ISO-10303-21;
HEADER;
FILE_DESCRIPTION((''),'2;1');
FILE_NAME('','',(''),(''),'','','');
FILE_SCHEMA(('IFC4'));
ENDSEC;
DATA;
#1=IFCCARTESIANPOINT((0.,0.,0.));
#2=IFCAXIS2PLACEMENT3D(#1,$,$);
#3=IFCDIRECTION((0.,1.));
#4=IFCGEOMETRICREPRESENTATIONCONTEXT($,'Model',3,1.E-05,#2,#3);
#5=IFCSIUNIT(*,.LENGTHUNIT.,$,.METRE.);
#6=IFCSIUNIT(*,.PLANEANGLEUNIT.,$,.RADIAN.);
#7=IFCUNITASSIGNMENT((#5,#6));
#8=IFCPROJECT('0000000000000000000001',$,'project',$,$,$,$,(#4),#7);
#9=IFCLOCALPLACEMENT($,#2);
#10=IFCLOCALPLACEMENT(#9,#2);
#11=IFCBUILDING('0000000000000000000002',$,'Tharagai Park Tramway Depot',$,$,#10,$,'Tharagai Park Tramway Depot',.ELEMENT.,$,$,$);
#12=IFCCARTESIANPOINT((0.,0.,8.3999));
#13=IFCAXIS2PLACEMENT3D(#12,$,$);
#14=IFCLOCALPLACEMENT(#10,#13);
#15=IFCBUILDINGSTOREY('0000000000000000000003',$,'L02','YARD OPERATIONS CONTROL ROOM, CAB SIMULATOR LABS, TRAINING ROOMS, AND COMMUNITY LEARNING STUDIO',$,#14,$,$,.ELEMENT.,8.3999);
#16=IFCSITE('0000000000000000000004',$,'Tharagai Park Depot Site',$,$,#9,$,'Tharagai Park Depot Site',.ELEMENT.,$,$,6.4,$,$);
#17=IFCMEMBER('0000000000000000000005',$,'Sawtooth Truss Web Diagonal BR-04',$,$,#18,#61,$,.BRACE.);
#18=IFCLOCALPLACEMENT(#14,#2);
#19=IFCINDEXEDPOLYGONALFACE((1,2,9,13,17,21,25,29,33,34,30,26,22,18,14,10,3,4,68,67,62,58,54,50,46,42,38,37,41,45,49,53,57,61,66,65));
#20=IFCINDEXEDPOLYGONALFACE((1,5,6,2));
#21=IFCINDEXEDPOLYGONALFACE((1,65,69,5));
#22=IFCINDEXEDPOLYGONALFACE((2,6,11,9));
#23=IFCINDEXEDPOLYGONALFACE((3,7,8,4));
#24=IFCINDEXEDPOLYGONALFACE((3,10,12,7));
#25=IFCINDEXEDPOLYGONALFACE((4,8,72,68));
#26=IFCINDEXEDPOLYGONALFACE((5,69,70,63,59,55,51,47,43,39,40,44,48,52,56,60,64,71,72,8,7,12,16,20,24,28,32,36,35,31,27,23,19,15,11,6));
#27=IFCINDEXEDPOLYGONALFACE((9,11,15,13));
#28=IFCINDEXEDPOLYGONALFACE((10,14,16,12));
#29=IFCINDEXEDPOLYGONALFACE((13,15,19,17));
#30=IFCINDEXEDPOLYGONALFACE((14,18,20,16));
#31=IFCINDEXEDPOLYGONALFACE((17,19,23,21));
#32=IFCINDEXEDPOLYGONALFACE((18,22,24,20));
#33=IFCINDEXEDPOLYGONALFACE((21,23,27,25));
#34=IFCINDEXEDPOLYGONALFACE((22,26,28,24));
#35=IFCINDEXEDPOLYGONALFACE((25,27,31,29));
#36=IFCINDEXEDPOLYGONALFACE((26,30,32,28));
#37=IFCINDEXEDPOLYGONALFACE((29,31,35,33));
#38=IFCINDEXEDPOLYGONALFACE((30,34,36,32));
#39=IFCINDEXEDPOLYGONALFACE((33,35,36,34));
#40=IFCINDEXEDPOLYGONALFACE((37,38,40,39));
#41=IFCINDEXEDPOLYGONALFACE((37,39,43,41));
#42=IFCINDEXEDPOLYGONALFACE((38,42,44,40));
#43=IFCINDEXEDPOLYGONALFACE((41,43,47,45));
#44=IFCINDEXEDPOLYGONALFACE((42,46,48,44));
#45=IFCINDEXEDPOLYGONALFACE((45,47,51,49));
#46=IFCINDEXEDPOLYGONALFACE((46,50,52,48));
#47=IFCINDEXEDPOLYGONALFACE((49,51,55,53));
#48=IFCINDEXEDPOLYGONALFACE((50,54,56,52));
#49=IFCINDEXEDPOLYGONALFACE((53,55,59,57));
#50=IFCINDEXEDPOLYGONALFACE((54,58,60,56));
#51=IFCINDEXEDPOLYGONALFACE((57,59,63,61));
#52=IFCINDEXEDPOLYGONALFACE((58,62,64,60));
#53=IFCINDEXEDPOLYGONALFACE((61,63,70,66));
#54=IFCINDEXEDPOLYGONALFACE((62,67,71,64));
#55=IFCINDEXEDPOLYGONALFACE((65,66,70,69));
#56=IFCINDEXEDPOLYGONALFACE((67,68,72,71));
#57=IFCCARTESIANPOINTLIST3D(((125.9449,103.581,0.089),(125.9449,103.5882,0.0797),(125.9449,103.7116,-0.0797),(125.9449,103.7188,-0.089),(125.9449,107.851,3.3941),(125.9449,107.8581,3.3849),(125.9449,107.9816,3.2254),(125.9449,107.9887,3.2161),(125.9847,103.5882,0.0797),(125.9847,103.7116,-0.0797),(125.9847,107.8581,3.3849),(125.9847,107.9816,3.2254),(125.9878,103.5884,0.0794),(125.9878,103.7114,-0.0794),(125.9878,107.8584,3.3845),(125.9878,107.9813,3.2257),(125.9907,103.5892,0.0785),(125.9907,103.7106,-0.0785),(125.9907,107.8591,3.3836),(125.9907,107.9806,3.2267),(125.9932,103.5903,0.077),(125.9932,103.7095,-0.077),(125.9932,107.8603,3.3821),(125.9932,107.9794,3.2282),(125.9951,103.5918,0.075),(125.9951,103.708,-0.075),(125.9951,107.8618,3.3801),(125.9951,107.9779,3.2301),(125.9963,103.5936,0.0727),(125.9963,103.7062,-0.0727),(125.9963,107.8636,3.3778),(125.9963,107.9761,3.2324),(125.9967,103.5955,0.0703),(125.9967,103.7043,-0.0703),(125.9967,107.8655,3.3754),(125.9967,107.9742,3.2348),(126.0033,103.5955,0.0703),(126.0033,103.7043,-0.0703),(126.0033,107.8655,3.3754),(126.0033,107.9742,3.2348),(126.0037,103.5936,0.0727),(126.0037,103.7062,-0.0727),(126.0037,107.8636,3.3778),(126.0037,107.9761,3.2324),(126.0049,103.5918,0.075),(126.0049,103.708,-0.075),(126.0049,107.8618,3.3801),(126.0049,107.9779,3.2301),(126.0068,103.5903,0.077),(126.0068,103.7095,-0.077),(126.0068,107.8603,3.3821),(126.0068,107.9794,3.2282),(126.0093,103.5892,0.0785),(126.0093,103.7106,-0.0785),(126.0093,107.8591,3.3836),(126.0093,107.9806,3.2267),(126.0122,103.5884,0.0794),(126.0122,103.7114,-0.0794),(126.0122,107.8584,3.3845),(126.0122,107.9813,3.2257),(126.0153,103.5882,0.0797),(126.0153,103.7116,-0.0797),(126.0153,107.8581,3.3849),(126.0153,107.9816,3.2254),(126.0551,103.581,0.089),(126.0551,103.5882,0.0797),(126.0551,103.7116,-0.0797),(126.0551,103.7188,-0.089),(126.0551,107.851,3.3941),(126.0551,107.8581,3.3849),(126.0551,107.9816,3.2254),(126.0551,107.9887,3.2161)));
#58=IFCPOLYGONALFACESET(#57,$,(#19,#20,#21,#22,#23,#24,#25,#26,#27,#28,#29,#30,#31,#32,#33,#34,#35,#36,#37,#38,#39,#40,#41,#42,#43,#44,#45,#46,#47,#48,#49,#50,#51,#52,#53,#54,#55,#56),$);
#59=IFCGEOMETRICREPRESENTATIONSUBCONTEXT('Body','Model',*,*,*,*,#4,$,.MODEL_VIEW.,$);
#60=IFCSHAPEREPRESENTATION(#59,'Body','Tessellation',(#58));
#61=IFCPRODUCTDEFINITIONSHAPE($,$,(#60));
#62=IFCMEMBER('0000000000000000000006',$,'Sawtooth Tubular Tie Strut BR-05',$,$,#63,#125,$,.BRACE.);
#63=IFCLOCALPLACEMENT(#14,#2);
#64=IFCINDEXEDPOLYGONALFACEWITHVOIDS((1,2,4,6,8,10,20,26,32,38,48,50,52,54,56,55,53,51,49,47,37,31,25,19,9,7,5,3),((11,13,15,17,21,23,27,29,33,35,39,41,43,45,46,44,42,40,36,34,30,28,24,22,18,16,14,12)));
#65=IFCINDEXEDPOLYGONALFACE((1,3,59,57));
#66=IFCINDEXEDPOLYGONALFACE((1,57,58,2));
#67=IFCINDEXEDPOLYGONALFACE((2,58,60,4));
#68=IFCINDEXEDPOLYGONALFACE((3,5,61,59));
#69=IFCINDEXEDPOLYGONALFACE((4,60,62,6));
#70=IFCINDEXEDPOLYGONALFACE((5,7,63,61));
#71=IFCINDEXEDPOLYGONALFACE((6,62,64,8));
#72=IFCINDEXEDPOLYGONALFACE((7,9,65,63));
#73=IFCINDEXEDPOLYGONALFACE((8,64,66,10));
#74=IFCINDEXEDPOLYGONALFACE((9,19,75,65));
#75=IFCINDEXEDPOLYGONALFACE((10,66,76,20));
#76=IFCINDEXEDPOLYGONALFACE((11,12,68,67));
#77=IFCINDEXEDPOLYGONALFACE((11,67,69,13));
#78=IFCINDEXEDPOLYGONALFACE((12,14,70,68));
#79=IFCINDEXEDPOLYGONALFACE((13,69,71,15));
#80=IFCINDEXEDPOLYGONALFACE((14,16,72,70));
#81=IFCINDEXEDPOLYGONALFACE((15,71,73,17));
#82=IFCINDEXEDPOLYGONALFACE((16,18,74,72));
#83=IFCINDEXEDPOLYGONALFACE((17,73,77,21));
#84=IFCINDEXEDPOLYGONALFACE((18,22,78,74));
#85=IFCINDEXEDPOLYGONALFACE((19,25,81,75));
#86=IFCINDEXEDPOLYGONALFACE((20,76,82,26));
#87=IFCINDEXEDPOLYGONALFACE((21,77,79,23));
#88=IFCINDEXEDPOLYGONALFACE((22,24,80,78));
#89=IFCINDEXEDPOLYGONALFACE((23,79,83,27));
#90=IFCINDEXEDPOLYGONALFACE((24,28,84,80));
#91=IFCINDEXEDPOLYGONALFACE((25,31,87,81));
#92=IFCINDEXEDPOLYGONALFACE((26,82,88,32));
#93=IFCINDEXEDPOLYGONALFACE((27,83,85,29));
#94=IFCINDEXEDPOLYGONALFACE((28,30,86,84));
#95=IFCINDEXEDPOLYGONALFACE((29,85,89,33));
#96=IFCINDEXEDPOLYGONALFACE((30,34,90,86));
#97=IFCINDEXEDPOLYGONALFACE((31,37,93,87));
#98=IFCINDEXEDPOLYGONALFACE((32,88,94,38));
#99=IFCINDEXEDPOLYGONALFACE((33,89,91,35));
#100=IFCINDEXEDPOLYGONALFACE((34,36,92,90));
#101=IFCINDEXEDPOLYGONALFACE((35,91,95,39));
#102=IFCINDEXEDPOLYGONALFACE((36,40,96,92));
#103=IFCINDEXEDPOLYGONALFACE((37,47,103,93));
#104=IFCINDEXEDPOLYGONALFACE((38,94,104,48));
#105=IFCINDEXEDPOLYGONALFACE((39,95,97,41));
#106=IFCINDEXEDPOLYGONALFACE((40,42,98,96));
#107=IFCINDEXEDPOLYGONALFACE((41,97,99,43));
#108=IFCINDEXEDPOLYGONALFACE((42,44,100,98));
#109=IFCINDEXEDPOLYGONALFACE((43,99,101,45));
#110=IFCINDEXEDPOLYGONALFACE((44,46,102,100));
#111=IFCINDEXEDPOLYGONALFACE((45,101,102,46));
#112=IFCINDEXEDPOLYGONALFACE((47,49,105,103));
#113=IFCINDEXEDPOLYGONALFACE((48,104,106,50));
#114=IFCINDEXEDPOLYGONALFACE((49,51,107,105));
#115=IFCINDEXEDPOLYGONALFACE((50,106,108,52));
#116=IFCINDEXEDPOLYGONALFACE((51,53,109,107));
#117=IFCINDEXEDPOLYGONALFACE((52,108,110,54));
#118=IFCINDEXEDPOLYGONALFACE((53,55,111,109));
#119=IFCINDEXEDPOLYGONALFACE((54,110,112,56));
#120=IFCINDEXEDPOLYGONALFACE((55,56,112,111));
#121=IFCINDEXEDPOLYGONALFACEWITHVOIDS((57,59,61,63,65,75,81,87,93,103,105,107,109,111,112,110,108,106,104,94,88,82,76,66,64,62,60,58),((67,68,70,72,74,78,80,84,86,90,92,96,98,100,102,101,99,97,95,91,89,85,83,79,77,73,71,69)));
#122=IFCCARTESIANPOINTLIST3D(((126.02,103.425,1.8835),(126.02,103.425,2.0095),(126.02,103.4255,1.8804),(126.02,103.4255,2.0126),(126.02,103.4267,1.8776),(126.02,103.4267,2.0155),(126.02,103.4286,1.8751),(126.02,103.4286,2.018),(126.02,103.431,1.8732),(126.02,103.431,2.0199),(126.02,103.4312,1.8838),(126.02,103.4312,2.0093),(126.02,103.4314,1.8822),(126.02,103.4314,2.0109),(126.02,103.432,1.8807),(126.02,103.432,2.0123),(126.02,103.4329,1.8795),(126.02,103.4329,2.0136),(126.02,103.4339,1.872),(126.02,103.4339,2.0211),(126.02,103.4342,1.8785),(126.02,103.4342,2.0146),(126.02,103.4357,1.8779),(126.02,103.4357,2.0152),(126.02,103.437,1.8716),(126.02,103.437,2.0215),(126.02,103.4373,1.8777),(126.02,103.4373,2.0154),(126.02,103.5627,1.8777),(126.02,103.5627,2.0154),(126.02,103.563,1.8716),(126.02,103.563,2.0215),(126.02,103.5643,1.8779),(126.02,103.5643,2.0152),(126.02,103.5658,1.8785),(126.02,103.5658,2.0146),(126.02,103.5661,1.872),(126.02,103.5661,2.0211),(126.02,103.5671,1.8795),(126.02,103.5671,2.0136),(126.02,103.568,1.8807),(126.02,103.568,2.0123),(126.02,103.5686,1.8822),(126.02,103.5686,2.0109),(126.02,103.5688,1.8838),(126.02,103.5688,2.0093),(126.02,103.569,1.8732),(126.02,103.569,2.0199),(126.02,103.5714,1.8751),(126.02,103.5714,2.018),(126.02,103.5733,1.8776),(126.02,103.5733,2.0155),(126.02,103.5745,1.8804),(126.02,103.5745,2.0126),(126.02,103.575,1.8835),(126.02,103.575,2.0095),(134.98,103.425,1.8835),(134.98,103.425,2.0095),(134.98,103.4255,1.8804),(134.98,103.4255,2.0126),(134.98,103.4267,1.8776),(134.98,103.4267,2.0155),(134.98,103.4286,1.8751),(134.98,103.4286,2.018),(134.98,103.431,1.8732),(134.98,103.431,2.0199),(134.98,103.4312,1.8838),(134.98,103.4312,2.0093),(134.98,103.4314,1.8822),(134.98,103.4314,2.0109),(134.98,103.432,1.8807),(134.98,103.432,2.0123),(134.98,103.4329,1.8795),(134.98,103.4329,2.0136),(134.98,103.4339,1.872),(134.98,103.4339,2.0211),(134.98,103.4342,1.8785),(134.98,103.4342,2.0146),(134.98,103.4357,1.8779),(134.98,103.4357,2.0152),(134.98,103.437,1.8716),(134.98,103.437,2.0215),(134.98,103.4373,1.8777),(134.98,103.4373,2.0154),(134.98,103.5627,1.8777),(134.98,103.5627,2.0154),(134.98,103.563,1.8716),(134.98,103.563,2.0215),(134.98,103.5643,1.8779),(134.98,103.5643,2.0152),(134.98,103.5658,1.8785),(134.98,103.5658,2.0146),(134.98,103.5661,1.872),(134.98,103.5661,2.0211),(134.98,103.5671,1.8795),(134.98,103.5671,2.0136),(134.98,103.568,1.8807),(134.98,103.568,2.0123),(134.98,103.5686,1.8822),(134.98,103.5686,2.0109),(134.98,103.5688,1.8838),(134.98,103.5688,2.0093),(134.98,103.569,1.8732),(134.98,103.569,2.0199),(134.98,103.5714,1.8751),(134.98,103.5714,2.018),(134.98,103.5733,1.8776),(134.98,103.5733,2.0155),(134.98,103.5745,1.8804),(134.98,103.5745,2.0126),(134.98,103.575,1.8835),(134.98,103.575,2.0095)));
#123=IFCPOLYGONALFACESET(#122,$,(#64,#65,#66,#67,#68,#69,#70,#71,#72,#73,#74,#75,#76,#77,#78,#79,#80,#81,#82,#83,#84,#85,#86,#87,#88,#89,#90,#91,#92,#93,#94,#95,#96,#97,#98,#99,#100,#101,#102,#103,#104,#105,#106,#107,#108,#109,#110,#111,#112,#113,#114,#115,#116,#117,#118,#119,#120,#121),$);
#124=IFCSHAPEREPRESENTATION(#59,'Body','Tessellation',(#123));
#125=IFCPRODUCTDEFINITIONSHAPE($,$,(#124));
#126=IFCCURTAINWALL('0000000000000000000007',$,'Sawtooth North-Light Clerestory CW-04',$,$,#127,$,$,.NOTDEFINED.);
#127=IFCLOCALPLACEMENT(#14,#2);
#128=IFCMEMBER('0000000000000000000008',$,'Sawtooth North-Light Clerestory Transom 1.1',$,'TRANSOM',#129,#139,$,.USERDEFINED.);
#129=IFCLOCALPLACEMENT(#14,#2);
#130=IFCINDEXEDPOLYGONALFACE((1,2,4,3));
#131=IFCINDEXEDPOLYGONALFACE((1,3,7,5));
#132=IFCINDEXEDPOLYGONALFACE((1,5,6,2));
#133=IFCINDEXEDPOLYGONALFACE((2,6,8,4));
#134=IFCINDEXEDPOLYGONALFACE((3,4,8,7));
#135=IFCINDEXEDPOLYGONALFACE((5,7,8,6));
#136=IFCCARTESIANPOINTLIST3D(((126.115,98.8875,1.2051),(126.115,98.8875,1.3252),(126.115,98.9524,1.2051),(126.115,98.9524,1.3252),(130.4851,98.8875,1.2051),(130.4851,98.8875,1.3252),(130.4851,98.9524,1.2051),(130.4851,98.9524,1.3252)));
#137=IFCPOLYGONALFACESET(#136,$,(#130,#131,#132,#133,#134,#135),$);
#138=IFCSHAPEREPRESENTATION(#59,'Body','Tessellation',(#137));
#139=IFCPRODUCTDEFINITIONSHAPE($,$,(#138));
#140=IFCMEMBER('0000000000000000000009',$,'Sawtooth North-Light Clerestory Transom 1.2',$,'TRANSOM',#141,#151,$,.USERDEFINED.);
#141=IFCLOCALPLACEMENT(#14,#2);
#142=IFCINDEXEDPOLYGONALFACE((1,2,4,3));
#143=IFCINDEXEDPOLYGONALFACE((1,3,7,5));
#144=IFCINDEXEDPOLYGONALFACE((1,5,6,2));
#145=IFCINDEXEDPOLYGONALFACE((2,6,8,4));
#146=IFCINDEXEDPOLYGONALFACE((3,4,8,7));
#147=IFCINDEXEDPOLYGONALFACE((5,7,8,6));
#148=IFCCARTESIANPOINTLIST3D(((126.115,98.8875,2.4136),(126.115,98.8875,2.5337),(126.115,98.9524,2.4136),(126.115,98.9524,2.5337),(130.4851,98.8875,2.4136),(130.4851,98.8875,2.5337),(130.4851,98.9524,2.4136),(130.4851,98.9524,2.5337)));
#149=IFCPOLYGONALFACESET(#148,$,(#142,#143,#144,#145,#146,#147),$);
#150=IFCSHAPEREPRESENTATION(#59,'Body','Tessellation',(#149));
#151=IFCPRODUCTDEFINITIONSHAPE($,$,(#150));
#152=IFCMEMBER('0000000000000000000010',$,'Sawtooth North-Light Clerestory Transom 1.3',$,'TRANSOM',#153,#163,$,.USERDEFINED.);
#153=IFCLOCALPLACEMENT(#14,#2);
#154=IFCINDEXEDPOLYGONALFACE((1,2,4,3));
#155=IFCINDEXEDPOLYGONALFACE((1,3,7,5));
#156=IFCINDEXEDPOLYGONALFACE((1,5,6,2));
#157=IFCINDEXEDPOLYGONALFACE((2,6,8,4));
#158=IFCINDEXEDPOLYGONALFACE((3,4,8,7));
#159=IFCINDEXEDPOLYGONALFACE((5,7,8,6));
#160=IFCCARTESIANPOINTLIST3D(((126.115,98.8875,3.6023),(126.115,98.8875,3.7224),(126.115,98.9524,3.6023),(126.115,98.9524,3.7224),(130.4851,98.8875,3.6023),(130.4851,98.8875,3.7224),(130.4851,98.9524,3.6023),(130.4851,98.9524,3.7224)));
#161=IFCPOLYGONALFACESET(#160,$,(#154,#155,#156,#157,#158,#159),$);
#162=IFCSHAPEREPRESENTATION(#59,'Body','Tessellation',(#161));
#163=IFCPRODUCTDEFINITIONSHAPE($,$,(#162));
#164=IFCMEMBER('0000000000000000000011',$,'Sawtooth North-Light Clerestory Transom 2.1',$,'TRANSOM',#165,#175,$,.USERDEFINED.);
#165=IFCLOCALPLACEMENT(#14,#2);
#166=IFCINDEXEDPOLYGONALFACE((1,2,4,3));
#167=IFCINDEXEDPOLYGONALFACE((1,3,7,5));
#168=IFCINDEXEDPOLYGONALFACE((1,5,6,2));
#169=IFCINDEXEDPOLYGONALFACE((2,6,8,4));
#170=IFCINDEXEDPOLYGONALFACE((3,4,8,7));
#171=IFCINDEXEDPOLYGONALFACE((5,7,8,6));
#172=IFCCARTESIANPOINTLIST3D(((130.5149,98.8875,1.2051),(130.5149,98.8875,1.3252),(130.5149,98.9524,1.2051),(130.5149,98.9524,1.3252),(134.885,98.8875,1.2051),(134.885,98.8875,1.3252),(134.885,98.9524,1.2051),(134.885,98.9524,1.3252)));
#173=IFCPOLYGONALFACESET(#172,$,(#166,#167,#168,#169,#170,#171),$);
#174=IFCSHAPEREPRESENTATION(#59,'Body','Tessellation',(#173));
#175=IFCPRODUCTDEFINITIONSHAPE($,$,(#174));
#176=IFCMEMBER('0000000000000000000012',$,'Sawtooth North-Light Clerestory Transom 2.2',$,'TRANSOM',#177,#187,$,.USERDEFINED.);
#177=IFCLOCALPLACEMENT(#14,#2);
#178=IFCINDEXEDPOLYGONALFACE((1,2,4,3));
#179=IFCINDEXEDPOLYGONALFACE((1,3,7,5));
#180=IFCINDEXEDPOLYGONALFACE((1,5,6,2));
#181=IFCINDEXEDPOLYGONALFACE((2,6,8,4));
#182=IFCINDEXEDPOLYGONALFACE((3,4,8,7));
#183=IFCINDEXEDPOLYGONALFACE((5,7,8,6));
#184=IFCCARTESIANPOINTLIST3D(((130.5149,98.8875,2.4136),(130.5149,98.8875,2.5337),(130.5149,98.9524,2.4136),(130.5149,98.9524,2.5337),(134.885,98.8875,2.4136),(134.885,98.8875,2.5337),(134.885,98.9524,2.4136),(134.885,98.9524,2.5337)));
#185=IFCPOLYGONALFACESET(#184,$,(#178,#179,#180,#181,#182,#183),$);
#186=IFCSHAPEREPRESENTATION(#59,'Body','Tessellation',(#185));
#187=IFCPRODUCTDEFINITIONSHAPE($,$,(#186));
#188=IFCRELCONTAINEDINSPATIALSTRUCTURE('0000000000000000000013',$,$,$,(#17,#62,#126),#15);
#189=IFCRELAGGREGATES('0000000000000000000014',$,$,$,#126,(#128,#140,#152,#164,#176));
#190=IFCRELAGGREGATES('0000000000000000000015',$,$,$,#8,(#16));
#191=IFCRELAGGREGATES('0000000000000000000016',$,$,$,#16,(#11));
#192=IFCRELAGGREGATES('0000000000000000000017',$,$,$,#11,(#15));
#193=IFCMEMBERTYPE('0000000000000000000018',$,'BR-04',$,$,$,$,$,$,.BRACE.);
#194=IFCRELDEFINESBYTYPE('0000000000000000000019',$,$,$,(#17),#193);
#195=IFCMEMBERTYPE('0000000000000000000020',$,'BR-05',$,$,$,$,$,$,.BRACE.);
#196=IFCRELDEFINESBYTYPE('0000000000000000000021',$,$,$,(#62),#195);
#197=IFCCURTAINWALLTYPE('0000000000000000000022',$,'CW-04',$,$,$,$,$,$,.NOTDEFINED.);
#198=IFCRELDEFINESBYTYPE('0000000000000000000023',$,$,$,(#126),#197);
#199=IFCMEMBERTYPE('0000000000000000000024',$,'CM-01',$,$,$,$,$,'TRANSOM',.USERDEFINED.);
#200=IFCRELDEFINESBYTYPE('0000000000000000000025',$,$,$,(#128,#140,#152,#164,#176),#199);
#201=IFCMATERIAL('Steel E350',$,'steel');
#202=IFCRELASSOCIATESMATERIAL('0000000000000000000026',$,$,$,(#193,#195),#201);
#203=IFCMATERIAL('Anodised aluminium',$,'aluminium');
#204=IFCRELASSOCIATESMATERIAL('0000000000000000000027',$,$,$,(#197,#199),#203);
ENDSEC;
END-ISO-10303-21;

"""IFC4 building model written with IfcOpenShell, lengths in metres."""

from ifc_helpers import new_model, si_unit, direction, frame, origin, origin_2d, place, context, subcontext, project, spatial, rectangle, hollow_rectangle, i_section, extrude, material, material_profile, profile_set, type_object, element, aggregate, save


model = new_model("IFC4")

# Units and contexts
model_context = context("Model", 3, precision=1e-05, world=origin(), true_north=direction((0.0, 1.0)))
body_context = subcontext(model_context, "Body", "Model", "MODEL_VIEW")
ifc_project = project(units=[si_unit("LENGTHUNIT", "METRE"), si_unit("PLANEANGLEUNIT", "RADIAN")], contexts=[model_context])

# Site, building, storey
site_placement = place(None, origin())
site = spatial("IfcSite", under=ifc_project, at=site_placement, Name="Tharagai Park Depot Site", LongName="Tharagai Park Depot Site", CompositionType="ELEMENT", RefElevation=6.4)
building_placement = place(site_placement, origin())
building = spatial("IfcBuilding", under=site, at=building_placement, Name="Tharagai Park Tramway Depot", LongName="Tharagai Park Tramway Depot", CompositionType="ELEMENT")
storey_placement = place(building_placement, frame((0.0, 0.0, 8.3999)))
storey = spatial("IfcBuildingStorey", under=building, at=storey_placement, Name="L02", Description="YARD OPERATIONS CONTROL ROOM, CAB SIMULATOR LABS, TRAINING ROOMS, AND COMMUNITY LEARNING STUDIO", CompositionType="ELEMENT", Elevation=8.3999)

# Members
ifc_material_1 = material(Name="Steel E350", Category="steel")
ifc_material_profile_1 = material_profile(ifc_material_1, i_section(OverallWidth=0.1101, OverallDepth=0.2251, WebThickness=0.0066, FlangeThickness=0.0117, FilletRadius=0.012, at=origin_2d()), Name="ISMB 225")
ifc_profile_set_1 = profile_set([ifc_material_profile_1], Name="Steel E350")
member_type_1 = type_object("IfcMemberType", Name="BR-04", PredefinedType="BRACE", material=ifc_profile_set_1)
member_1_placement = place(storey_placement, frame((126.0, 103.6499, 0.0), z_axis=(0.0, 0.790782, 0.612098), x_axis=(-1.0, 0.0, 0.0)))
element("IfcMember", 1, at=member_1_placement, inside=storey, type_object=member_type_1, Name="Sawtooth Truss Web Diagonal BR-04", PredefinedType="BRACE", context=body_context, shape_type="SweptSolid", body=[
    extrude(i_section(OverallWidth=0.1101, OverallDepth=0.2251, WebThickness=0.0066, FlangeThickness=0.0117, FilletRadius=0.012, at=origin_2d()), origin(), (0.0, 0.0, 1.0), 5.3997),
])
ifc_material_profile_2 = material_profile(ifc_material_1, hollow_rectangle(XDim=0.1499, YDim=0.1499, WallThickness=0.0061, InnerFilletRadius=0.0061, OuterFilletRadius=0.012, at=origin_2d()), Name="SHS 150x150x6")
ifc_profile_set_2 = profile_set([ifc_material_profile_2], Name="Steel E350")
member_type_2 = type_object("IfcMemberType", Name="BR-05", PredefinedType="BRACE", material=ifc_profile_set_2)
member_2_placement = place(storey_placement, frame((126.02, 103.5, 1.9465), z_axis=(1.0, 0.0, 0.0), x_axis=(0.0, 1.0, 0.0)))
element("IfcMember", 2, at=member_2_placement, inside=storey, type_object=member_type_2, Name="Sawtooth Tubular Tie Strut BR-05", PredefinedType="BRACE", context=body_context, shape_type="SweptSolid", body=[
    extrude(hollow_rectangle(XDim=0.1499, YDim=0.1499, WallThickness=0.0061, InnerFilletRadius=0.0061, OuterFilletRadius=0.012, at=origin_2d()), origin(), (0.0, 0.0, 1.0), 8.96),
])

# Curtain wall, members
ifc_material_2 = material(Name="Anodised aluminium", Category="aluminium")
curtain_wall_type_1 = type_object("IfcCurtainWallType", Name="CW-04", PredefinedType="NOTDEFINED", material=ifc_material_2)
curtain_wall_1_placement = place(storey_placement, origin())
curtain_wall_1 = element("IfcCurtainWall", 3, at=curtain_wall_1_placement, inside=storey, type_object=curtain_wall_type_1, Name="Sawtooth North-Light Clerestory CW-04", PredefinedType="NOTDEFINED")
ifc_material_profile_3 = material_profile(ifc_material_2, rectangle(XDim=0.0649, YDim=0.1201, at=origin_2d()), Name="ALU 65x120")
ifc_profile_set_3 = profile_set([ifc_material_profile_3], Name="Anodised aluminium")
member_type_3 = type_object("IfcMemberType", Name="CM-01", ElementType="TRANSOM", PredefinedType="USERDEFINED", material=ifc_profile_set_3)
member_3_placement = place(storey_placement, frame((126.115, 98.9199, 1.2651), z_axis=(1.0, 0.0, 0.0), x_axis=(0.0, 1.0, 0.0)))
member_3 = element("IfcMember", 4, at=member_3_placement, type_object=member_type_3, Name="Sawtooth North-Light Clerestory Transom 1.1", ObjectType="TRANSOM", PredefinedType="USERDEFINED", context=body_context, shape_type="SweptSolid", body=[
    extrude(rectangle(XDim=0.0649, YDim=0.1201, at=origin_2d()), origin(), (0.0, 0.0, 1.0), 4.3701),
])
member_4_placement = place(storey_placement, frame((126.115, 98.9199, 2.4736), z_axis=(1.0, 0.0, 0.0), x_axis=(0.0, 1.0, 0.0)))
member_4 = element("IfcMember", 5, at=member_4_placement, type_object=member_type_3, Name="Sawtooth North-Light Clerestory Transom 1.2", ObjectType="TRANSOM", PredefinedType="USERDEFINED", context=body_context, shape_type="SweptSolid", body=[
    extrude(rectangle(XDim=0.0649, YDim=0.1201, at=origin_2d()), origin(), (0.0, 0.0, 1.0), 4.3701),
])
member_5_placement = place(storey_placement, frame((126.115, 98.9199, 3.6624), z_axis=(1.0, 0.0, 0.0), x_axis=(0.0, 1.0, 0.0)))
member_5 = element("IfcMember", 6, at=member_5_placement, type_object=member_type_3, Name="Sawtooth North-Light Clerestory Transom 1.3", ObjectType="TRANSOM", PredefinedType="USERDEFINED", context=body_context, shape_type="SweptSolid", body=[
    extrude(rectangle(XDim=0.0649, YDim=0.1201, at=origin_2d()), origin(), (0.0, 0.0, 1.0), 4.3701),
])
member_6_placement = place(storey_placement, frame((130.5149, 98.9199, 1.2651), z_axis=(1.0, 0.0, 0.0), x_axis=(0.0, 1.0, 0.0)))
member_6 = element("IfcMember", 7, at=member_6_placement, type_object=member_type_3, Name="Sawtooth North-Light Clerestory Transom 2.1", ObjectType="TRANSOM", PredefinedType="USERDEFINED", context=body_context, shape_type="SweptSolid", body=[
    extrude(rectangle(XDim=0.0649, YDim=0.1201, at=origin_2d()), origin(), (0.0, 0.0, 1.0), 4.3701),
])
member_7_placement = place(storey_placement, frame((130.5149, 98.9199, 2.4736), z_axis=(1.0, 0.0, 0.0), x_axis=(0.0, 1.0, 0.0)))
member_7 = element("IfcMember", 8, at=member_7_placement, type_object=member_type_3, Name="Sawtooth North-Light Clerestory Transom 2.2", ObjectType="TRANSOM", PredefinedType="USERDEFINED", context=body_context, shape_type="SweptSolid", body=[
    extrude(rectangle(XDim=0.0649, YDim=0.1201, at=origin_2d()), origin(), (0.0, 0.0, 1.0), 4.3701),
])

aggregate(curtain_wall_1, [member_3, member_4, member_5, member_6, member_7])

save(model, "model.ifc")
